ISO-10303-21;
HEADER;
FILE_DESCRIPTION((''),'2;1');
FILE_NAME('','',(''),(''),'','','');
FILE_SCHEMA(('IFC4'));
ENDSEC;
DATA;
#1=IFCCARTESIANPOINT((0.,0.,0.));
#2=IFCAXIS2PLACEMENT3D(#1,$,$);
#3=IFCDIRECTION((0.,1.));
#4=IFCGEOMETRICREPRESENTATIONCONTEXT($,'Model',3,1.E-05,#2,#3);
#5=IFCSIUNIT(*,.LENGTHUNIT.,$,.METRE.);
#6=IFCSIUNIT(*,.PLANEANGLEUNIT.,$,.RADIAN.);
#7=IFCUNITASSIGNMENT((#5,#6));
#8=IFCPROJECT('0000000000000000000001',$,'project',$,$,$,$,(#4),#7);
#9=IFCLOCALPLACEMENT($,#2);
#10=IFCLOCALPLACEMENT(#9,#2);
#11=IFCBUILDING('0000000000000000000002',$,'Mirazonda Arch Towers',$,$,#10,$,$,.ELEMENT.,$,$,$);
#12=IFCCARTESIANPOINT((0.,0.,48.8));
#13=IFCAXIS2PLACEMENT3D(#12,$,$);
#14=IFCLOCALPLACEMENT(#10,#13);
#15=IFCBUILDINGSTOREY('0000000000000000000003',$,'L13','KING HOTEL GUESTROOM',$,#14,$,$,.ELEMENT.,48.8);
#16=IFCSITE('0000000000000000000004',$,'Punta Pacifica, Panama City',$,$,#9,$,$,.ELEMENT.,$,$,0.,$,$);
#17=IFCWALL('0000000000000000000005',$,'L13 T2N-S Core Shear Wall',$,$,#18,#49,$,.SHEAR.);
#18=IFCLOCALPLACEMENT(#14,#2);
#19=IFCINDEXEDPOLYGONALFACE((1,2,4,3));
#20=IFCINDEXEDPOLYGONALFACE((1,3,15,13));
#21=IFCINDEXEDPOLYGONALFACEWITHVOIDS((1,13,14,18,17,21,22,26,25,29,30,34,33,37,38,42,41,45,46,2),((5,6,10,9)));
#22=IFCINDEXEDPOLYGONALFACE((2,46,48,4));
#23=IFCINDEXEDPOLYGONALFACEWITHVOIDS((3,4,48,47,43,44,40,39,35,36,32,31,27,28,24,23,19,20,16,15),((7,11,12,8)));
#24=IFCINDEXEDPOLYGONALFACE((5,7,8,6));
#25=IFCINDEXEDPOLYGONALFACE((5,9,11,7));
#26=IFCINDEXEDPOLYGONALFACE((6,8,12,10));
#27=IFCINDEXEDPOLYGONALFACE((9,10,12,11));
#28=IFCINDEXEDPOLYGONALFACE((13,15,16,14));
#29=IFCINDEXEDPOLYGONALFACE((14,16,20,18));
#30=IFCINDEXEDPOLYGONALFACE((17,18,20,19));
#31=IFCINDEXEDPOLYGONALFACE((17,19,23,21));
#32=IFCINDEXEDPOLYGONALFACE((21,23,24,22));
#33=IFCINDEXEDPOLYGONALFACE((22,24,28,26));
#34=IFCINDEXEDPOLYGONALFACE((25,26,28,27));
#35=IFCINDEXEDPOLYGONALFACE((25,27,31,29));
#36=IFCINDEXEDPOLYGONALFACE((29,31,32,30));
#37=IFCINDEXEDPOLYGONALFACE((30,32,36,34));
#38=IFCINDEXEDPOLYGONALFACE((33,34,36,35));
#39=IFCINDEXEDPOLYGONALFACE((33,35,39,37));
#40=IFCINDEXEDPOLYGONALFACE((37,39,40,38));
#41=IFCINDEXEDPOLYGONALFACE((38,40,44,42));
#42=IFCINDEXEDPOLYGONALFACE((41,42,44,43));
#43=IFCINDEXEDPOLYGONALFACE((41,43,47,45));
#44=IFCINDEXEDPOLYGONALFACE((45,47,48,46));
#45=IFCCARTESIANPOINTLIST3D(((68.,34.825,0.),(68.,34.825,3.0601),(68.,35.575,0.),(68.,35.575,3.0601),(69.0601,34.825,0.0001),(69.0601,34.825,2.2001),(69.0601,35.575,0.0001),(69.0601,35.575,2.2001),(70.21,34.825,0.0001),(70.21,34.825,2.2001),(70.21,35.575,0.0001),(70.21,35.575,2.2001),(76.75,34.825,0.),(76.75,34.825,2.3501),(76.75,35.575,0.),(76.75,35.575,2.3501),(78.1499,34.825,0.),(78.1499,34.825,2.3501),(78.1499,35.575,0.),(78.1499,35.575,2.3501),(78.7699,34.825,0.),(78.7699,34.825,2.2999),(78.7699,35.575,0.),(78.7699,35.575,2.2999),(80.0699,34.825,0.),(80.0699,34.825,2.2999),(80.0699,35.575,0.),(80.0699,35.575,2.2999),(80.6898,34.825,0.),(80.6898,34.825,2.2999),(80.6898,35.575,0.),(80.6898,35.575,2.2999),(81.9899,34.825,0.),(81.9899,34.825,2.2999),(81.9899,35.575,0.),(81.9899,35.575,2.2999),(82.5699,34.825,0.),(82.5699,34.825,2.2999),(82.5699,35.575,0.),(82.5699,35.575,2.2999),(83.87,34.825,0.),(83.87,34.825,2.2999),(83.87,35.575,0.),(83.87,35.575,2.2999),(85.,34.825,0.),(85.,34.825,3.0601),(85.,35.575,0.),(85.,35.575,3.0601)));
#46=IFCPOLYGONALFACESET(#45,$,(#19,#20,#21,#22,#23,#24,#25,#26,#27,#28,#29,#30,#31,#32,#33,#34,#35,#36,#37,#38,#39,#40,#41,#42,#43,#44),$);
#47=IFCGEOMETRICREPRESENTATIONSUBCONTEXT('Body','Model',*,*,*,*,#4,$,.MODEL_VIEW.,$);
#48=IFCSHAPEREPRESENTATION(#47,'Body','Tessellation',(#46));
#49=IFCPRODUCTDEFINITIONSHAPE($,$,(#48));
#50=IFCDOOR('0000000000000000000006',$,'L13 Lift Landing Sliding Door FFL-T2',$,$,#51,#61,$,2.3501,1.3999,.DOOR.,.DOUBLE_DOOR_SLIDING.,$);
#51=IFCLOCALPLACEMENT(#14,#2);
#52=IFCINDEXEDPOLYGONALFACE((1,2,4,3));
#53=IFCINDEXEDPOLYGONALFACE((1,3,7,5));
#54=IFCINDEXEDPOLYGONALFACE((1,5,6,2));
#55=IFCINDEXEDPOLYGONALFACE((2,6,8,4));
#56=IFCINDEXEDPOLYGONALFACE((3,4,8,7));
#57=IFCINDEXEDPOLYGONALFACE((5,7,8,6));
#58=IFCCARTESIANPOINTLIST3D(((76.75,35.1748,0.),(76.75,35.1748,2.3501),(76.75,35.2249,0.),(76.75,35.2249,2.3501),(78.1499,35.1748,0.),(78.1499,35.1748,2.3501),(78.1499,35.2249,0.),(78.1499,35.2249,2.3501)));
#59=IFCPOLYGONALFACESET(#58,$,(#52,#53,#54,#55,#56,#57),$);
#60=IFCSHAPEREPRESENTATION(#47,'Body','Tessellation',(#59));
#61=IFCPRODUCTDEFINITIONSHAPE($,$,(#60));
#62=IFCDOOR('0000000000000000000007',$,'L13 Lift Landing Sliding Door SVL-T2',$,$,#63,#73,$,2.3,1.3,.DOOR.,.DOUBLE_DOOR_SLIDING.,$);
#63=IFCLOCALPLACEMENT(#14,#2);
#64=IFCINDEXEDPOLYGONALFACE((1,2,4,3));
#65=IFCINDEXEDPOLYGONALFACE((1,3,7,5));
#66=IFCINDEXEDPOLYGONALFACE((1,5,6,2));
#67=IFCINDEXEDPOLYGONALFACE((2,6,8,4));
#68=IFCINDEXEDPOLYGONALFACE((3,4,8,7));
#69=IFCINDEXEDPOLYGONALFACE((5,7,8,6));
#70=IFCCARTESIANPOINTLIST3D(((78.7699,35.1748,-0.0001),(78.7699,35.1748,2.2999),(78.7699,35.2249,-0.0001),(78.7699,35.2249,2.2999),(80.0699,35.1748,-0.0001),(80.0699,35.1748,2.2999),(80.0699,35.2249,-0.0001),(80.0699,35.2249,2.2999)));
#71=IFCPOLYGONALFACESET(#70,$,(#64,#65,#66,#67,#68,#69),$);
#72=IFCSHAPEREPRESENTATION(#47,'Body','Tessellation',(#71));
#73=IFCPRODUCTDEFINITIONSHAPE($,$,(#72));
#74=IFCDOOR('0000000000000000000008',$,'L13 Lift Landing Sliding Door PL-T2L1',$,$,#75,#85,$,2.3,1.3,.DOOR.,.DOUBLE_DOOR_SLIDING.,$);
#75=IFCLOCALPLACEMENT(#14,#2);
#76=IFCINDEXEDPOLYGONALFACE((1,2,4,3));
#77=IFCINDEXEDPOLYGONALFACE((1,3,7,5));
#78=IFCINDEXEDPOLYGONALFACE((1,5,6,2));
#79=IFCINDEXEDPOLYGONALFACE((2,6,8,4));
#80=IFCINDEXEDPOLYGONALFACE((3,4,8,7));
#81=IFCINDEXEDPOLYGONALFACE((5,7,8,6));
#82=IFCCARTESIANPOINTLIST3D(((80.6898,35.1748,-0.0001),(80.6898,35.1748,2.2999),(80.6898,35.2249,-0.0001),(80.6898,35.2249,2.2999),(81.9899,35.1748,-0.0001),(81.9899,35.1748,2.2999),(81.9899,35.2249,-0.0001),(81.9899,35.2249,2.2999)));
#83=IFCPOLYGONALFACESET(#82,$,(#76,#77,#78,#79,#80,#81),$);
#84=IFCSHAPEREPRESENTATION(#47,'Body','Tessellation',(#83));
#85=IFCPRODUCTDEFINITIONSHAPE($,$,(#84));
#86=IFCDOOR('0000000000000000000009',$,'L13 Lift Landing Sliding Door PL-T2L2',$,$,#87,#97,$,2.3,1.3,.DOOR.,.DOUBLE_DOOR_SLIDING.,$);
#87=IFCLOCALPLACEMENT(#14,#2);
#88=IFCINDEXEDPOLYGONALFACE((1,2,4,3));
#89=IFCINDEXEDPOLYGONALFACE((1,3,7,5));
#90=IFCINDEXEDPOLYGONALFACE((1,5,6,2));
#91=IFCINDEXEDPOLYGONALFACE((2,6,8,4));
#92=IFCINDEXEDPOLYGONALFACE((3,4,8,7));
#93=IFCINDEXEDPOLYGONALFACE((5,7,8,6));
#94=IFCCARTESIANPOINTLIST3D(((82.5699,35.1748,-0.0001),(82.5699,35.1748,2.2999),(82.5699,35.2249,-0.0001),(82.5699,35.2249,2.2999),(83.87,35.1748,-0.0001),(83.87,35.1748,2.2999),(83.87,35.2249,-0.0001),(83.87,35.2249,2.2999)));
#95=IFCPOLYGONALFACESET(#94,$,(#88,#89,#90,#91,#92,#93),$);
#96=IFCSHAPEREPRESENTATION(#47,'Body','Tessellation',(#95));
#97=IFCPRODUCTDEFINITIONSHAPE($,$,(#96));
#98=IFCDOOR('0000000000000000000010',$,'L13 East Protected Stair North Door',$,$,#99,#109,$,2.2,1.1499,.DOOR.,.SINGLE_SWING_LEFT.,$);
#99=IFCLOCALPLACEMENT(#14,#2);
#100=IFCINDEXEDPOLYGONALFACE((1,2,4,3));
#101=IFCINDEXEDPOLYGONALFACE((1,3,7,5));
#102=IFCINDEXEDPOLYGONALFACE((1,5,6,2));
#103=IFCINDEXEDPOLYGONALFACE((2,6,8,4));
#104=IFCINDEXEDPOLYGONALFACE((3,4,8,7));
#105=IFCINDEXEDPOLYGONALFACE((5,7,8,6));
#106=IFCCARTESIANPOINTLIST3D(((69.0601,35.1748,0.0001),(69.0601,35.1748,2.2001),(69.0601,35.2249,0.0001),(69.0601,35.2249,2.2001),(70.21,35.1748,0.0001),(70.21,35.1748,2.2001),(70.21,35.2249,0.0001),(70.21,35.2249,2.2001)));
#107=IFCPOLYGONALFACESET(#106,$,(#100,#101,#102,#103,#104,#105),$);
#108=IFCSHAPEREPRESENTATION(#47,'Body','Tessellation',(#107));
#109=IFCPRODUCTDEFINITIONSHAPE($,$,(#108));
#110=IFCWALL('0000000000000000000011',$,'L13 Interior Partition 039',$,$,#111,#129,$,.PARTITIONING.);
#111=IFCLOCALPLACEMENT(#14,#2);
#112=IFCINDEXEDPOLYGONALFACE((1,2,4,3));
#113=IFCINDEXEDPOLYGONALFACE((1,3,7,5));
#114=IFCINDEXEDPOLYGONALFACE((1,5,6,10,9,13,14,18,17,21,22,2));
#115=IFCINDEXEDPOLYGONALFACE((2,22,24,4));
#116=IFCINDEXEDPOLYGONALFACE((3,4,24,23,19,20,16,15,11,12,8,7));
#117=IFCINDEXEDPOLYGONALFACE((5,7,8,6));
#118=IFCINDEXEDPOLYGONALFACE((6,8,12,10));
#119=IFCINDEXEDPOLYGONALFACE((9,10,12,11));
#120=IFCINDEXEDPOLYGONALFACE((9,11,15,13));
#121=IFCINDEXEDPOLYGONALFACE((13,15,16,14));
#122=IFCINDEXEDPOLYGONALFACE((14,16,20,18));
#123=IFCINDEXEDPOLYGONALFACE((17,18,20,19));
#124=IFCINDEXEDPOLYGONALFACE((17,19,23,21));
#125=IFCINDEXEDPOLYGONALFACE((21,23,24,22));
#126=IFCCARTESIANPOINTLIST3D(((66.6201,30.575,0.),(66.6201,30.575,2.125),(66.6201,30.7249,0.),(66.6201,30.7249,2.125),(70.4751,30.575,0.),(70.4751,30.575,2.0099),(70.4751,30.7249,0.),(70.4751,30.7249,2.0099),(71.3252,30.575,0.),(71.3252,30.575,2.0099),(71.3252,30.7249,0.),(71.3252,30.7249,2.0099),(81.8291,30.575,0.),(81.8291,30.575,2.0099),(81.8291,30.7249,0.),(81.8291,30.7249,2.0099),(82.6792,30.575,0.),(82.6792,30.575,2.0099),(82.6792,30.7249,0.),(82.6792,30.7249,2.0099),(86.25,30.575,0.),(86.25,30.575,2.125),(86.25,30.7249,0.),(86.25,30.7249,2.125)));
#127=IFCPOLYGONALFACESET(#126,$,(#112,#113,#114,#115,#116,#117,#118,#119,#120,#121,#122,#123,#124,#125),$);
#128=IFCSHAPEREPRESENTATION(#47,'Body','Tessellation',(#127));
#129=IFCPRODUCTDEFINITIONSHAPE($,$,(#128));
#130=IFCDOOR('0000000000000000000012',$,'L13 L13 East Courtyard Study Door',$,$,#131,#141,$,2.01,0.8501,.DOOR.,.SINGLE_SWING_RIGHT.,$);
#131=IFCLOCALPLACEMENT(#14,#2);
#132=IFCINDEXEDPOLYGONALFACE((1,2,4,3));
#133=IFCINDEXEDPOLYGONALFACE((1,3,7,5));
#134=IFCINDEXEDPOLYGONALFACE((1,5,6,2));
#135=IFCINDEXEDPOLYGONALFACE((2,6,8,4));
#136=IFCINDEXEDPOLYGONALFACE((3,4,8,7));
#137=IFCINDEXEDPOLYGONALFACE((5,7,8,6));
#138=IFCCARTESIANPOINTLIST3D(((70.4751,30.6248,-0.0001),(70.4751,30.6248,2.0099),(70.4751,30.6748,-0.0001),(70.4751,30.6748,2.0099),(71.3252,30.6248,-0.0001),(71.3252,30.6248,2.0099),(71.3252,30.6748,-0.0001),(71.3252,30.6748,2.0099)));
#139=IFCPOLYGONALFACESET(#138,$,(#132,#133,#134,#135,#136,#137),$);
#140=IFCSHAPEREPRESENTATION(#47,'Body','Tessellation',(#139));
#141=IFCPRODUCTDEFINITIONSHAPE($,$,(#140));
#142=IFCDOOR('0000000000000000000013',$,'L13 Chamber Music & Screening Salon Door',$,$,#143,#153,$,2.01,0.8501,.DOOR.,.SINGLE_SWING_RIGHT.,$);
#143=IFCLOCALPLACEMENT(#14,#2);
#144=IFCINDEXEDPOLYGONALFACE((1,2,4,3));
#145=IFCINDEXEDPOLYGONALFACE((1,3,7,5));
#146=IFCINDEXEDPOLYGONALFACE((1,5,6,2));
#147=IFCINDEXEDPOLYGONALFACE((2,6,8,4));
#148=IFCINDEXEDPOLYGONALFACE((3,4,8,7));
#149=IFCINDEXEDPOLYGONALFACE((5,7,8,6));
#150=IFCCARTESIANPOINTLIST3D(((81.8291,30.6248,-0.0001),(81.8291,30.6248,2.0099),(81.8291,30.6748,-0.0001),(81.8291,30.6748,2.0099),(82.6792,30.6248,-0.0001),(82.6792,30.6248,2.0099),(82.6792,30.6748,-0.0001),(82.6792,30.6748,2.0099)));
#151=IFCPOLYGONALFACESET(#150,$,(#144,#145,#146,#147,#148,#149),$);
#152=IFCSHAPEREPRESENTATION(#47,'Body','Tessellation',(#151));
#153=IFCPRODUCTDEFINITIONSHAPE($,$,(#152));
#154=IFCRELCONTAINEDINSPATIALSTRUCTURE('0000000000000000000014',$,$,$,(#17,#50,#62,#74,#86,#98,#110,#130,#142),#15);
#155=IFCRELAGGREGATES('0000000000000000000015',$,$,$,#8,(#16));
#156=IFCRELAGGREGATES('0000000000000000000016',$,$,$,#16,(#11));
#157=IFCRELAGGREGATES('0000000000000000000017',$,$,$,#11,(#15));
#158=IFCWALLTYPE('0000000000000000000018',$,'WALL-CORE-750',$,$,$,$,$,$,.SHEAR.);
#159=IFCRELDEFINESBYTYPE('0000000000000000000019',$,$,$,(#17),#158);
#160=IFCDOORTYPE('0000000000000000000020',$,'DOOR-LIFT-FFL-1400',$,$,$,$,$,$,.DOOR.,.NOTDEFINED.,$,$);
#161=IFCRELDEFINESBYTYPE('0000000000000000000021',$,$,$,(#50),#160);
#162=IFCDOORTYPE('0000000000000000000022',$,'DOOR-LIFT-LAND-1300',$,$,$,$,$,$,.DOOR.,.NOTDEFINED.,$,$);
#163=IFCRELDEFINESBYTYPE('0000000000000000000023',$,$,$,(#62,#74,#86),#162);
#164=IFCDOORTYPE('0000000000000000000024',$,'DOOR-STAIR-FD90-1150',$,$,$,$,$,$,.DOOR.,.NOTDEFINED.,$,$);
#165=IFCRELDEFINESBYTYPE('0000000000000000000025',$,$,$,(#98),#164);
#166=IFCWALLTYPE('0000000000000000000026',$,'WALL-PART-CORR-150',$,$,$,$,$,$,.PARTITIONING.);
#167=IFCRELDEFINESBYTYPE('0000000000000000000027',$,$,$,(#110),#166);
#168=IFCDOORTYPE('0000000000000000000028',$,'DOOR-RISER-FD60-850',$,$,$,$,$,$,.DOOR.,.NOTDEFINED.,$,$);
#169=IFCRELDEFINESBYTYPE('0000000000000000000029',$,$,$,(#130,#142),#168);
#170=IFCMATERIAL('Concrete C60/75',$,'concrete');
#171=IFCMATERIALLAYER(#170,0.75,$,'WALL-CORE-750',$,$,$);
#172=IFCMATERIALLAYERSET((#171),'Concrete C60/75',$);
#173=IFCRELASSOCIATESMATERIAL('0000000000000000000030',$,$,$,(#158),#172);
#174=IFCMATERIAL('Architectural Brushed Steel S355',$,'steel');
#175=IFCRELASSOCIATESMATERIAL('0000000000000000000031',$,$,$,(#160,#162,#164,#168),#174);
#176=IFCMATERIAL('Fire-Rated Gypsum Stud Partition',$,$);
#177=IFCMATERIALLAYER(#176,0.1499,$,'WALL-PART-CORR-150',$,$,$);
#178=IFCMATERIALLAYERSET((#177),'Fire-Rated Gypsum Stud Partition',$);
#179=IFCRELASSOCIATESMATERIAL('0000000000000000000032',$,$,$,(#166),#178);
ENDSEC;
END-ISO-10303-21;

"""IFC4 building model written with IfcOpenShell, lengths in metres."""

from ifc_helpers import new_model, si_unit, direction, frame, frame_2d, origin, place, context, subcontext, project, spatial, rectangle, extrude, material, layer, layer_set, type_object, element, fill, save


model = new_model("IFC4")

# Units and contexts
model_context = context("Model", 3, precision=1e-05, world=origin(), true_north=direction((0.0, 1.0)))
body_context = subcontext(model_context, "Body", "Model", "MODEL_VIEW")
ifc_project = project(units=[si_unit("LENGTHUNIT", "METRE"), si_unit("PLANEANGLEUNIT", "RADIAN")], contexts=[model_context])

# Site, building, storey
site_placement = place(None, origin())
site = spatial("IfcSite", under=ifc_project, at=site_placement, Name="Punta Pacifica, Panama City", CompositionType="ELEMENT", RefElevation=0.0)
building_placement = place(site_placement, origin())
building = spatial("IfcBuilding", under=site, at=building_placement, Name="Mirazonda Arch Towers", CompositionType="ELEMENT")
storey_placement = place(building_placement, frame((0.0, 0.0, 48.8)))
storey = spatial("IfcBuildingStorey", under=building, at=storey_placement, Name="L13", Description="KING HOTEL GUESTROOM", CompositionType="ELEMENT", Elevation=48.8)

# Shared definitions
ifc_material_1 = material(Name="Concrete C60/75", Category="concrete")

# Shared definitions
ifc_layer_1 = layer(ifc_material_1, 0.75, Name="WALL-CORE-750")
ifc_layer_set_1 = layer_set([ifc_layer_1], Name="Concrete C60/75")
wall_type_1 = type_object("IfcWallType", Name="WALL-CORE-750", PredefinedType="SHEAR", material=ifc_layer_set_1)

# Walls, openings, doors
wall_1_placement = place(storey_placement, frame((68.0, 35.2, 0.0), z_axis=(0.0, 0.0, 1.0), x_axis=(1.0, 0.0, 0.0)))
wall_1 = element("IfcWall", 1, at=wall_1_placement, inside=storey, type_object=wall_type_1, Name="L13 T2N-S Core Shear Wall", PredefinedType="SHEAR", context=body_context, shape_type="SweptSolid", body=[
    extrude(rectangle(XDim=17.0, YDim=0.75, at=frame_2d((8.5, 0.0))), origin(), (0.0, 0.0, 1.0), 3.0601),
])
opening_1_placement = place(wall_1_placement, frame((1.0601, 0.0, 0.0)))
opening_1 = element("IfcOpeningElement", 2, at=opening_1_placement, cuts=wall_1, PredefinedType="OPENING", context=body_context, shape_type="SweptSolid", body=[
    extrude(rectangle(XDim=1.1499, YDim=2.2, at=frame_2d((0.575, 1.1001))), frame((0.0, 0.385, 0.0), z_axis=(0.0, -1.0, 0.0), x_axis=(1.0, 0.0, 0.0)), (0.0, 0.0, 1.0), 0.77),
])
opening_2_placement = place(wall_1_placement, frame((8.75, 0.0, 0.0)))
opening_2 = element("IfcOpeningElement", 3, at=opening_2_placement, cuts=wall_1, PredefinedType="OPENING", context=body_context, shape_type="SweptSolid", body=[
    extrude(rectangle(XDim=1.3999, YDim=2.3501, at=frame_2d((0.7, 1.175))), frame((0.0, 0.385, 0.0), z_axis=(0.0, -1.0, 0.0), x_axis=(1.0, 0.0, 0.0)), (0.0, 0.0, 1.0), 0.77),
])
opening_3_placement = place(wall_1_placement, frame((10.77, 0.0, 0.0)))
opening_3 = element("IfcOpeningElement", 4, at=opening_3_placement, cuts=wall_1, PredefinedType="OPENING", context=body_context, shape_type="SweptSolid", body=[
    extrude(rectangle(XDim=1.3, YDim=2.3, at=frame_2d((0.6499, 1.1499))), frame((0.0, 0.385, 0.0), z_axis=(0.0, -1.0, 0.0), x_axis=(1.0, 0.0, 0.0)), (0.0, 0.0, 1.0), 0.77),
])
opening_4_placement = place(wall_1_placement, frame((12.6899, 0.0, 0.0)))
opening_4 = element("IfcOpeningElement", 5, at=opening_4_placement, cuts=wall_1, PredefinedType="OPENING", context=body_context, shape_type="SweptSolid", body=[
    extrude(rectangle(XDim=1.3, YDim=2.3, at=frame_2d((0.6499, 1.1499))), frame((0.0, 0.385, 0.0), z_axis=(0.0, -1.0, 0.0), x_axis=(1.0, 0.0, 0.0)), (0.0, 0.0, 1.0), 0.77),
])
opening_5_placement = place(wall_1_placement, frame((14.5701, 0.0, 0.0)))
opening_5 = element("IfcOpeningElement", 6, at=opening_5_placement, cuts=wall_1, PredefinedType="OPENING", context=body_context, shape_type="SweptSolid", body=[
    extrude(rectangle(XDim=1.3, YDim=2.3, at=frame_2d((0.6499, 1.1499))), frame((0.0, 0.385, 0.0), z_axis=(0.0, -1.0, 0.0), x_axis=(1.0, 0.0, 0.0)), (0.0, 0.0, 1.0), 0.77),
])
ifc_material_2 = material(Name="Architectural Brushed Steel S355", Category="steel")
door_type_1 = type_object("IfcDoorType", Name="DOOR-LIFT-FFL-1400", OperationType="NOTDEFINED", PredefinedType="DOOR", material=ifc_material_2)
door_1_placement = place(opening_2_placement, origin())
door_1 = element("IfcDoor", 7, at=door_1_placement, inside=storey, type_object=door_type_1, Name="L13 Lift Landing Sliding Door FFL-T2", OperationType="DOUBLE_DOOR_SLIDING", OverallHeight=2.3501, OverallWidth=1.3999, PredefinedType="DOOR", context=body_context, shape_type="SweptSolid", body=[
    extrude(rectangle(XDim=1.3999, YDim=2.3501, at=frame_2d((0.7, 1.175))), frame((0.0, 0.0249, 0.0), z_axis=(0.0, -1.0, 0.0), x_axis=(1.0, 0.0, 0.0)), (0.0, 0.0, 1.0), 0.05),
])
fill(opening_2, door_1)
door_type_2 = type_object("IfcDoorType", Name="DOOR-LIFT-LAND-1300", OperationType="NOTDEFINED", PredefinedType="DOOR", material=ifc_material_2)
door_2_placement = place(opening_3_placement, origin())
door_2 = element("IfcDoor", 8, at=door_2_placement, inside=storey, type_object=door_type_2, Name="L13 Lift Landing Sliding Door SVL-T2", OperationType="DOUBLE_DOOR_SLIDING", OverallHeight=2.3, OverallWidth=1.3, PredefinedType="DOOR", context=body_context, shape_type="SweptSolid", body=[
    extrude(rectangle(XDim=1.3, YDim=2.3, at=frame_2d((0.6499, 1.1499))), frame((0.0, 0.0249, 0.0), z_axis=(0.0, -1.0, 0.0), x_axis=(1.0, 0.0, 0.0)), (0.0, 0.0, 1.0), 0.05),
])
fill(opening_3, door_2)
door_3_placement = place(opening_4_placement, origin())
door_3 = element("IfcDoor", 9, at=door_3_placement, inside=storey, type_object=door_type_2, Name="L13 Lift Landing Sliding Door PL-T2L1", OperationType="DOUBLE_DOOR_SLIDING", OverallHeight=2.3, OverallWidth=1.3, PredefinedType="DOOR", context=body_context, shape_type="SweptSolid", body=[
    extrude(rectangle(XDim=1.3, YDim=2.3, at=frame_2d((0.6499, 1.1499))), frame((0.0, 0.0249, 0.0), z_axis=(0.0, -1.0, 0.0), x_axis=(1.0, 0.0, 0.0)), (0.0, 0.0, 1.0), 0.05),
])
fill(opening_4, door_3)
door_4_placement = place(opening_5_placement, origin())
door_4 = element("IfcDoor", 10, at=door_4_placement, inside=storey, type_object=door_type_2, Name="L13 Lift Landing Sliding Door PL-T2L2", OperationType="DOUBLE_DOOR_SLIDING", OverallHeight=2.3, OverallWidth=1.3, PredefinedType="DOOR", context=body_context, shape_type="SweptSolid", body=[
    extrude(rectangle(XDim=1.3, YDim=2.3, at=frame_2d((0.6499, 1.1499))), frame((0.0, 0.0249, 0.0), z_axis=(0.0, -1.0, 0.0), x_axis=(1.0, 0.0, 0.0)), (0.0, 0.0, 1.0), 0.05),
])
fill(opening_5, door_4)
door_type_3 = type_object("IfcDoorType", Name="DOOR-STAIR-FD90-1150", OperationType="NOTDEFINED", PredefinedType="DOOR", material=ifc_material_2)
door_5_placement = place(opening_1_placement, origin())
door_5 = element("IfcDoor", 11, at=door_5_placement, inside=storey, type_object=door_type_3, Name="L13 East Protected Stair North Door", OperationType="SINGLE_SWING_LEFT", OverallHeight=2.2, OverallWidth=1.1499, PredefinedType="DOOR", context=body_context, shape_type="SweptSolid", body=[
    extrude(rectangle(XDim=1.1499, YDim=2.2, at=frame_2d((0.575, 1.1001))), frame((0.0, 0.0249, 0.0), z_axis=(0.0, -1.0, 0.0), x_axis=(1.0, 0.0, 0.0)), (0.0, 0.0, 1.0), 0.05),
])
fill(opening_1, door_5)
ifc_material_3 = material(Name="Fire-Rated Gypsum Stud Partition")
ifc_layer_2 = layer(ifc_material_3, 0.1499, Name="WALL-PART-CORR-150")
ifc_layer_set_2 = layer_set([ifc_layer_2], Name="Fire-Rated Gypsum Stud Partition")
wall_type_2 = type_object("IfcWallType", Name="WALL-PART-CORR-150", PredefinedType="PARTITIONING", material=ifc_layer_set_2)
wall_2_placement = place(storey_placement, frame((66.6201, 30.6499, 0.0), z_axis=(0.0, 0.0, 1.0), x_axis=(1.0, 0.0, 0.0)))
wall_2 = element("IfcWall", 12, at=wall_2_placement, inside=storey, type_object=wall_type_2, Name="L13 Interior Partition 039", PredefinedType="PARTITIONING", context=body_context, shape_type="SweptSolid", body=[
    extrude(rectangle(XDim=19.6299, YDim=0.1499, at=frame_2d((9.8149, 0.0))), origin(), (0.0, 0.0, 1.0), 2.125),
])
opening_6_placement = place(wall_2_placement, frame((3.855, 0.0, 0.0)))
opening_6 = element("IfcOpeningElement", 13, at=opening_6_placement, cuts=wall_2, PredefinedType="OPENING", context=body_context, shape_type="SweptSolid", body=[
    extrude(rectangle(XDim=0.8501, YDim=2.01, at=frame_2d((0.425, 1.0049))), frame((0.0, 0.085, 0.0), z_axis=(0.0, -1.0, 0.0), x_axis=(1.0, 0.0, 0.0)), (0.0, 0.0, 1.0), 0.1699),
])
opening_7_placement = place(wall_2_placement, frame((15.209, 0.0, 0.0)))
opening_7 = element("IfcOpeningElement", 14, at=opening_7_placement, cuts=wall_2, PredefinedType="OPENING", context=body_context, shape_type="SweptSolid", body=[
    extrude(rectangle(XDim=0.8501, YDim=2.01, at=frame_2d((0.425, 1.0049))), frame((0.0, 0.085, 0.0), z_axis=(0.0, -1.0, 0.0), x_axis=(1.0, 0.0, 0.0)), (0.0, 0.0, 1.0), 0.1699),
])
door_type_4 = type_object("IfcDoorType", Name="DOOR-RISER-FD60-850", OperationType="NOTDEFINED", PredefinedType="DOOR", material=ifc_material_2)
door_6_placement = place(opening_6_placement, origin())
door_6 = element("IfcDoor", 15, at=door_6_placement, inside=storey, type_object=door_type_4, Name="L13 L13 East Courtyard Study Door", OperationType="SINGLE_SWING_RIGHT", OverallHeight=2.01, OverallWidth=0.8501, PredefinedType="DOOR", context=body_context, shape_type="SweptSolid", body=[
    extrude(rectangle(XDim=0.8501, YDim=2.01, at=frame_2d((0.425, 1.0049))), frame((0.0, 0.0249, 0.0), z_axis=(0.0, -1.0, 0.0), x_axis=(1.0, 0.0, 0.0)), (0.0, 0.0, 1.0), 0.05),
])
fill(opening_6, door_6)
door_7_placement = place(opening_7_placement, origin())
door_7 = element("IfcDoor", 16, at=door_7_placement, inside=storey, type_object=door_type_4, Name="L13 Chamber Music & Screening Salon Door", OperationType="SINGLE_SWING_RIGHT", OverallHeight=2.01, OverallWidth=0.8501, PredefinedType="DOOR", context=body_context, shape_type="SweptSolid", body=[
    extrude(rectangle(XDim=0.8501, YDim=2.01, at=frame_2d((0.425, 1.0049))), frame((0.0, 0.0249, 0.0), z_axis=(0.0, -1.0, 0.0), x_axis=(1.0, 0.0, 0.0)), (0.0, 0.0, 1.0), 0.05),
])
fill(opening_7, door_7)

save(model, "model.ifc")
